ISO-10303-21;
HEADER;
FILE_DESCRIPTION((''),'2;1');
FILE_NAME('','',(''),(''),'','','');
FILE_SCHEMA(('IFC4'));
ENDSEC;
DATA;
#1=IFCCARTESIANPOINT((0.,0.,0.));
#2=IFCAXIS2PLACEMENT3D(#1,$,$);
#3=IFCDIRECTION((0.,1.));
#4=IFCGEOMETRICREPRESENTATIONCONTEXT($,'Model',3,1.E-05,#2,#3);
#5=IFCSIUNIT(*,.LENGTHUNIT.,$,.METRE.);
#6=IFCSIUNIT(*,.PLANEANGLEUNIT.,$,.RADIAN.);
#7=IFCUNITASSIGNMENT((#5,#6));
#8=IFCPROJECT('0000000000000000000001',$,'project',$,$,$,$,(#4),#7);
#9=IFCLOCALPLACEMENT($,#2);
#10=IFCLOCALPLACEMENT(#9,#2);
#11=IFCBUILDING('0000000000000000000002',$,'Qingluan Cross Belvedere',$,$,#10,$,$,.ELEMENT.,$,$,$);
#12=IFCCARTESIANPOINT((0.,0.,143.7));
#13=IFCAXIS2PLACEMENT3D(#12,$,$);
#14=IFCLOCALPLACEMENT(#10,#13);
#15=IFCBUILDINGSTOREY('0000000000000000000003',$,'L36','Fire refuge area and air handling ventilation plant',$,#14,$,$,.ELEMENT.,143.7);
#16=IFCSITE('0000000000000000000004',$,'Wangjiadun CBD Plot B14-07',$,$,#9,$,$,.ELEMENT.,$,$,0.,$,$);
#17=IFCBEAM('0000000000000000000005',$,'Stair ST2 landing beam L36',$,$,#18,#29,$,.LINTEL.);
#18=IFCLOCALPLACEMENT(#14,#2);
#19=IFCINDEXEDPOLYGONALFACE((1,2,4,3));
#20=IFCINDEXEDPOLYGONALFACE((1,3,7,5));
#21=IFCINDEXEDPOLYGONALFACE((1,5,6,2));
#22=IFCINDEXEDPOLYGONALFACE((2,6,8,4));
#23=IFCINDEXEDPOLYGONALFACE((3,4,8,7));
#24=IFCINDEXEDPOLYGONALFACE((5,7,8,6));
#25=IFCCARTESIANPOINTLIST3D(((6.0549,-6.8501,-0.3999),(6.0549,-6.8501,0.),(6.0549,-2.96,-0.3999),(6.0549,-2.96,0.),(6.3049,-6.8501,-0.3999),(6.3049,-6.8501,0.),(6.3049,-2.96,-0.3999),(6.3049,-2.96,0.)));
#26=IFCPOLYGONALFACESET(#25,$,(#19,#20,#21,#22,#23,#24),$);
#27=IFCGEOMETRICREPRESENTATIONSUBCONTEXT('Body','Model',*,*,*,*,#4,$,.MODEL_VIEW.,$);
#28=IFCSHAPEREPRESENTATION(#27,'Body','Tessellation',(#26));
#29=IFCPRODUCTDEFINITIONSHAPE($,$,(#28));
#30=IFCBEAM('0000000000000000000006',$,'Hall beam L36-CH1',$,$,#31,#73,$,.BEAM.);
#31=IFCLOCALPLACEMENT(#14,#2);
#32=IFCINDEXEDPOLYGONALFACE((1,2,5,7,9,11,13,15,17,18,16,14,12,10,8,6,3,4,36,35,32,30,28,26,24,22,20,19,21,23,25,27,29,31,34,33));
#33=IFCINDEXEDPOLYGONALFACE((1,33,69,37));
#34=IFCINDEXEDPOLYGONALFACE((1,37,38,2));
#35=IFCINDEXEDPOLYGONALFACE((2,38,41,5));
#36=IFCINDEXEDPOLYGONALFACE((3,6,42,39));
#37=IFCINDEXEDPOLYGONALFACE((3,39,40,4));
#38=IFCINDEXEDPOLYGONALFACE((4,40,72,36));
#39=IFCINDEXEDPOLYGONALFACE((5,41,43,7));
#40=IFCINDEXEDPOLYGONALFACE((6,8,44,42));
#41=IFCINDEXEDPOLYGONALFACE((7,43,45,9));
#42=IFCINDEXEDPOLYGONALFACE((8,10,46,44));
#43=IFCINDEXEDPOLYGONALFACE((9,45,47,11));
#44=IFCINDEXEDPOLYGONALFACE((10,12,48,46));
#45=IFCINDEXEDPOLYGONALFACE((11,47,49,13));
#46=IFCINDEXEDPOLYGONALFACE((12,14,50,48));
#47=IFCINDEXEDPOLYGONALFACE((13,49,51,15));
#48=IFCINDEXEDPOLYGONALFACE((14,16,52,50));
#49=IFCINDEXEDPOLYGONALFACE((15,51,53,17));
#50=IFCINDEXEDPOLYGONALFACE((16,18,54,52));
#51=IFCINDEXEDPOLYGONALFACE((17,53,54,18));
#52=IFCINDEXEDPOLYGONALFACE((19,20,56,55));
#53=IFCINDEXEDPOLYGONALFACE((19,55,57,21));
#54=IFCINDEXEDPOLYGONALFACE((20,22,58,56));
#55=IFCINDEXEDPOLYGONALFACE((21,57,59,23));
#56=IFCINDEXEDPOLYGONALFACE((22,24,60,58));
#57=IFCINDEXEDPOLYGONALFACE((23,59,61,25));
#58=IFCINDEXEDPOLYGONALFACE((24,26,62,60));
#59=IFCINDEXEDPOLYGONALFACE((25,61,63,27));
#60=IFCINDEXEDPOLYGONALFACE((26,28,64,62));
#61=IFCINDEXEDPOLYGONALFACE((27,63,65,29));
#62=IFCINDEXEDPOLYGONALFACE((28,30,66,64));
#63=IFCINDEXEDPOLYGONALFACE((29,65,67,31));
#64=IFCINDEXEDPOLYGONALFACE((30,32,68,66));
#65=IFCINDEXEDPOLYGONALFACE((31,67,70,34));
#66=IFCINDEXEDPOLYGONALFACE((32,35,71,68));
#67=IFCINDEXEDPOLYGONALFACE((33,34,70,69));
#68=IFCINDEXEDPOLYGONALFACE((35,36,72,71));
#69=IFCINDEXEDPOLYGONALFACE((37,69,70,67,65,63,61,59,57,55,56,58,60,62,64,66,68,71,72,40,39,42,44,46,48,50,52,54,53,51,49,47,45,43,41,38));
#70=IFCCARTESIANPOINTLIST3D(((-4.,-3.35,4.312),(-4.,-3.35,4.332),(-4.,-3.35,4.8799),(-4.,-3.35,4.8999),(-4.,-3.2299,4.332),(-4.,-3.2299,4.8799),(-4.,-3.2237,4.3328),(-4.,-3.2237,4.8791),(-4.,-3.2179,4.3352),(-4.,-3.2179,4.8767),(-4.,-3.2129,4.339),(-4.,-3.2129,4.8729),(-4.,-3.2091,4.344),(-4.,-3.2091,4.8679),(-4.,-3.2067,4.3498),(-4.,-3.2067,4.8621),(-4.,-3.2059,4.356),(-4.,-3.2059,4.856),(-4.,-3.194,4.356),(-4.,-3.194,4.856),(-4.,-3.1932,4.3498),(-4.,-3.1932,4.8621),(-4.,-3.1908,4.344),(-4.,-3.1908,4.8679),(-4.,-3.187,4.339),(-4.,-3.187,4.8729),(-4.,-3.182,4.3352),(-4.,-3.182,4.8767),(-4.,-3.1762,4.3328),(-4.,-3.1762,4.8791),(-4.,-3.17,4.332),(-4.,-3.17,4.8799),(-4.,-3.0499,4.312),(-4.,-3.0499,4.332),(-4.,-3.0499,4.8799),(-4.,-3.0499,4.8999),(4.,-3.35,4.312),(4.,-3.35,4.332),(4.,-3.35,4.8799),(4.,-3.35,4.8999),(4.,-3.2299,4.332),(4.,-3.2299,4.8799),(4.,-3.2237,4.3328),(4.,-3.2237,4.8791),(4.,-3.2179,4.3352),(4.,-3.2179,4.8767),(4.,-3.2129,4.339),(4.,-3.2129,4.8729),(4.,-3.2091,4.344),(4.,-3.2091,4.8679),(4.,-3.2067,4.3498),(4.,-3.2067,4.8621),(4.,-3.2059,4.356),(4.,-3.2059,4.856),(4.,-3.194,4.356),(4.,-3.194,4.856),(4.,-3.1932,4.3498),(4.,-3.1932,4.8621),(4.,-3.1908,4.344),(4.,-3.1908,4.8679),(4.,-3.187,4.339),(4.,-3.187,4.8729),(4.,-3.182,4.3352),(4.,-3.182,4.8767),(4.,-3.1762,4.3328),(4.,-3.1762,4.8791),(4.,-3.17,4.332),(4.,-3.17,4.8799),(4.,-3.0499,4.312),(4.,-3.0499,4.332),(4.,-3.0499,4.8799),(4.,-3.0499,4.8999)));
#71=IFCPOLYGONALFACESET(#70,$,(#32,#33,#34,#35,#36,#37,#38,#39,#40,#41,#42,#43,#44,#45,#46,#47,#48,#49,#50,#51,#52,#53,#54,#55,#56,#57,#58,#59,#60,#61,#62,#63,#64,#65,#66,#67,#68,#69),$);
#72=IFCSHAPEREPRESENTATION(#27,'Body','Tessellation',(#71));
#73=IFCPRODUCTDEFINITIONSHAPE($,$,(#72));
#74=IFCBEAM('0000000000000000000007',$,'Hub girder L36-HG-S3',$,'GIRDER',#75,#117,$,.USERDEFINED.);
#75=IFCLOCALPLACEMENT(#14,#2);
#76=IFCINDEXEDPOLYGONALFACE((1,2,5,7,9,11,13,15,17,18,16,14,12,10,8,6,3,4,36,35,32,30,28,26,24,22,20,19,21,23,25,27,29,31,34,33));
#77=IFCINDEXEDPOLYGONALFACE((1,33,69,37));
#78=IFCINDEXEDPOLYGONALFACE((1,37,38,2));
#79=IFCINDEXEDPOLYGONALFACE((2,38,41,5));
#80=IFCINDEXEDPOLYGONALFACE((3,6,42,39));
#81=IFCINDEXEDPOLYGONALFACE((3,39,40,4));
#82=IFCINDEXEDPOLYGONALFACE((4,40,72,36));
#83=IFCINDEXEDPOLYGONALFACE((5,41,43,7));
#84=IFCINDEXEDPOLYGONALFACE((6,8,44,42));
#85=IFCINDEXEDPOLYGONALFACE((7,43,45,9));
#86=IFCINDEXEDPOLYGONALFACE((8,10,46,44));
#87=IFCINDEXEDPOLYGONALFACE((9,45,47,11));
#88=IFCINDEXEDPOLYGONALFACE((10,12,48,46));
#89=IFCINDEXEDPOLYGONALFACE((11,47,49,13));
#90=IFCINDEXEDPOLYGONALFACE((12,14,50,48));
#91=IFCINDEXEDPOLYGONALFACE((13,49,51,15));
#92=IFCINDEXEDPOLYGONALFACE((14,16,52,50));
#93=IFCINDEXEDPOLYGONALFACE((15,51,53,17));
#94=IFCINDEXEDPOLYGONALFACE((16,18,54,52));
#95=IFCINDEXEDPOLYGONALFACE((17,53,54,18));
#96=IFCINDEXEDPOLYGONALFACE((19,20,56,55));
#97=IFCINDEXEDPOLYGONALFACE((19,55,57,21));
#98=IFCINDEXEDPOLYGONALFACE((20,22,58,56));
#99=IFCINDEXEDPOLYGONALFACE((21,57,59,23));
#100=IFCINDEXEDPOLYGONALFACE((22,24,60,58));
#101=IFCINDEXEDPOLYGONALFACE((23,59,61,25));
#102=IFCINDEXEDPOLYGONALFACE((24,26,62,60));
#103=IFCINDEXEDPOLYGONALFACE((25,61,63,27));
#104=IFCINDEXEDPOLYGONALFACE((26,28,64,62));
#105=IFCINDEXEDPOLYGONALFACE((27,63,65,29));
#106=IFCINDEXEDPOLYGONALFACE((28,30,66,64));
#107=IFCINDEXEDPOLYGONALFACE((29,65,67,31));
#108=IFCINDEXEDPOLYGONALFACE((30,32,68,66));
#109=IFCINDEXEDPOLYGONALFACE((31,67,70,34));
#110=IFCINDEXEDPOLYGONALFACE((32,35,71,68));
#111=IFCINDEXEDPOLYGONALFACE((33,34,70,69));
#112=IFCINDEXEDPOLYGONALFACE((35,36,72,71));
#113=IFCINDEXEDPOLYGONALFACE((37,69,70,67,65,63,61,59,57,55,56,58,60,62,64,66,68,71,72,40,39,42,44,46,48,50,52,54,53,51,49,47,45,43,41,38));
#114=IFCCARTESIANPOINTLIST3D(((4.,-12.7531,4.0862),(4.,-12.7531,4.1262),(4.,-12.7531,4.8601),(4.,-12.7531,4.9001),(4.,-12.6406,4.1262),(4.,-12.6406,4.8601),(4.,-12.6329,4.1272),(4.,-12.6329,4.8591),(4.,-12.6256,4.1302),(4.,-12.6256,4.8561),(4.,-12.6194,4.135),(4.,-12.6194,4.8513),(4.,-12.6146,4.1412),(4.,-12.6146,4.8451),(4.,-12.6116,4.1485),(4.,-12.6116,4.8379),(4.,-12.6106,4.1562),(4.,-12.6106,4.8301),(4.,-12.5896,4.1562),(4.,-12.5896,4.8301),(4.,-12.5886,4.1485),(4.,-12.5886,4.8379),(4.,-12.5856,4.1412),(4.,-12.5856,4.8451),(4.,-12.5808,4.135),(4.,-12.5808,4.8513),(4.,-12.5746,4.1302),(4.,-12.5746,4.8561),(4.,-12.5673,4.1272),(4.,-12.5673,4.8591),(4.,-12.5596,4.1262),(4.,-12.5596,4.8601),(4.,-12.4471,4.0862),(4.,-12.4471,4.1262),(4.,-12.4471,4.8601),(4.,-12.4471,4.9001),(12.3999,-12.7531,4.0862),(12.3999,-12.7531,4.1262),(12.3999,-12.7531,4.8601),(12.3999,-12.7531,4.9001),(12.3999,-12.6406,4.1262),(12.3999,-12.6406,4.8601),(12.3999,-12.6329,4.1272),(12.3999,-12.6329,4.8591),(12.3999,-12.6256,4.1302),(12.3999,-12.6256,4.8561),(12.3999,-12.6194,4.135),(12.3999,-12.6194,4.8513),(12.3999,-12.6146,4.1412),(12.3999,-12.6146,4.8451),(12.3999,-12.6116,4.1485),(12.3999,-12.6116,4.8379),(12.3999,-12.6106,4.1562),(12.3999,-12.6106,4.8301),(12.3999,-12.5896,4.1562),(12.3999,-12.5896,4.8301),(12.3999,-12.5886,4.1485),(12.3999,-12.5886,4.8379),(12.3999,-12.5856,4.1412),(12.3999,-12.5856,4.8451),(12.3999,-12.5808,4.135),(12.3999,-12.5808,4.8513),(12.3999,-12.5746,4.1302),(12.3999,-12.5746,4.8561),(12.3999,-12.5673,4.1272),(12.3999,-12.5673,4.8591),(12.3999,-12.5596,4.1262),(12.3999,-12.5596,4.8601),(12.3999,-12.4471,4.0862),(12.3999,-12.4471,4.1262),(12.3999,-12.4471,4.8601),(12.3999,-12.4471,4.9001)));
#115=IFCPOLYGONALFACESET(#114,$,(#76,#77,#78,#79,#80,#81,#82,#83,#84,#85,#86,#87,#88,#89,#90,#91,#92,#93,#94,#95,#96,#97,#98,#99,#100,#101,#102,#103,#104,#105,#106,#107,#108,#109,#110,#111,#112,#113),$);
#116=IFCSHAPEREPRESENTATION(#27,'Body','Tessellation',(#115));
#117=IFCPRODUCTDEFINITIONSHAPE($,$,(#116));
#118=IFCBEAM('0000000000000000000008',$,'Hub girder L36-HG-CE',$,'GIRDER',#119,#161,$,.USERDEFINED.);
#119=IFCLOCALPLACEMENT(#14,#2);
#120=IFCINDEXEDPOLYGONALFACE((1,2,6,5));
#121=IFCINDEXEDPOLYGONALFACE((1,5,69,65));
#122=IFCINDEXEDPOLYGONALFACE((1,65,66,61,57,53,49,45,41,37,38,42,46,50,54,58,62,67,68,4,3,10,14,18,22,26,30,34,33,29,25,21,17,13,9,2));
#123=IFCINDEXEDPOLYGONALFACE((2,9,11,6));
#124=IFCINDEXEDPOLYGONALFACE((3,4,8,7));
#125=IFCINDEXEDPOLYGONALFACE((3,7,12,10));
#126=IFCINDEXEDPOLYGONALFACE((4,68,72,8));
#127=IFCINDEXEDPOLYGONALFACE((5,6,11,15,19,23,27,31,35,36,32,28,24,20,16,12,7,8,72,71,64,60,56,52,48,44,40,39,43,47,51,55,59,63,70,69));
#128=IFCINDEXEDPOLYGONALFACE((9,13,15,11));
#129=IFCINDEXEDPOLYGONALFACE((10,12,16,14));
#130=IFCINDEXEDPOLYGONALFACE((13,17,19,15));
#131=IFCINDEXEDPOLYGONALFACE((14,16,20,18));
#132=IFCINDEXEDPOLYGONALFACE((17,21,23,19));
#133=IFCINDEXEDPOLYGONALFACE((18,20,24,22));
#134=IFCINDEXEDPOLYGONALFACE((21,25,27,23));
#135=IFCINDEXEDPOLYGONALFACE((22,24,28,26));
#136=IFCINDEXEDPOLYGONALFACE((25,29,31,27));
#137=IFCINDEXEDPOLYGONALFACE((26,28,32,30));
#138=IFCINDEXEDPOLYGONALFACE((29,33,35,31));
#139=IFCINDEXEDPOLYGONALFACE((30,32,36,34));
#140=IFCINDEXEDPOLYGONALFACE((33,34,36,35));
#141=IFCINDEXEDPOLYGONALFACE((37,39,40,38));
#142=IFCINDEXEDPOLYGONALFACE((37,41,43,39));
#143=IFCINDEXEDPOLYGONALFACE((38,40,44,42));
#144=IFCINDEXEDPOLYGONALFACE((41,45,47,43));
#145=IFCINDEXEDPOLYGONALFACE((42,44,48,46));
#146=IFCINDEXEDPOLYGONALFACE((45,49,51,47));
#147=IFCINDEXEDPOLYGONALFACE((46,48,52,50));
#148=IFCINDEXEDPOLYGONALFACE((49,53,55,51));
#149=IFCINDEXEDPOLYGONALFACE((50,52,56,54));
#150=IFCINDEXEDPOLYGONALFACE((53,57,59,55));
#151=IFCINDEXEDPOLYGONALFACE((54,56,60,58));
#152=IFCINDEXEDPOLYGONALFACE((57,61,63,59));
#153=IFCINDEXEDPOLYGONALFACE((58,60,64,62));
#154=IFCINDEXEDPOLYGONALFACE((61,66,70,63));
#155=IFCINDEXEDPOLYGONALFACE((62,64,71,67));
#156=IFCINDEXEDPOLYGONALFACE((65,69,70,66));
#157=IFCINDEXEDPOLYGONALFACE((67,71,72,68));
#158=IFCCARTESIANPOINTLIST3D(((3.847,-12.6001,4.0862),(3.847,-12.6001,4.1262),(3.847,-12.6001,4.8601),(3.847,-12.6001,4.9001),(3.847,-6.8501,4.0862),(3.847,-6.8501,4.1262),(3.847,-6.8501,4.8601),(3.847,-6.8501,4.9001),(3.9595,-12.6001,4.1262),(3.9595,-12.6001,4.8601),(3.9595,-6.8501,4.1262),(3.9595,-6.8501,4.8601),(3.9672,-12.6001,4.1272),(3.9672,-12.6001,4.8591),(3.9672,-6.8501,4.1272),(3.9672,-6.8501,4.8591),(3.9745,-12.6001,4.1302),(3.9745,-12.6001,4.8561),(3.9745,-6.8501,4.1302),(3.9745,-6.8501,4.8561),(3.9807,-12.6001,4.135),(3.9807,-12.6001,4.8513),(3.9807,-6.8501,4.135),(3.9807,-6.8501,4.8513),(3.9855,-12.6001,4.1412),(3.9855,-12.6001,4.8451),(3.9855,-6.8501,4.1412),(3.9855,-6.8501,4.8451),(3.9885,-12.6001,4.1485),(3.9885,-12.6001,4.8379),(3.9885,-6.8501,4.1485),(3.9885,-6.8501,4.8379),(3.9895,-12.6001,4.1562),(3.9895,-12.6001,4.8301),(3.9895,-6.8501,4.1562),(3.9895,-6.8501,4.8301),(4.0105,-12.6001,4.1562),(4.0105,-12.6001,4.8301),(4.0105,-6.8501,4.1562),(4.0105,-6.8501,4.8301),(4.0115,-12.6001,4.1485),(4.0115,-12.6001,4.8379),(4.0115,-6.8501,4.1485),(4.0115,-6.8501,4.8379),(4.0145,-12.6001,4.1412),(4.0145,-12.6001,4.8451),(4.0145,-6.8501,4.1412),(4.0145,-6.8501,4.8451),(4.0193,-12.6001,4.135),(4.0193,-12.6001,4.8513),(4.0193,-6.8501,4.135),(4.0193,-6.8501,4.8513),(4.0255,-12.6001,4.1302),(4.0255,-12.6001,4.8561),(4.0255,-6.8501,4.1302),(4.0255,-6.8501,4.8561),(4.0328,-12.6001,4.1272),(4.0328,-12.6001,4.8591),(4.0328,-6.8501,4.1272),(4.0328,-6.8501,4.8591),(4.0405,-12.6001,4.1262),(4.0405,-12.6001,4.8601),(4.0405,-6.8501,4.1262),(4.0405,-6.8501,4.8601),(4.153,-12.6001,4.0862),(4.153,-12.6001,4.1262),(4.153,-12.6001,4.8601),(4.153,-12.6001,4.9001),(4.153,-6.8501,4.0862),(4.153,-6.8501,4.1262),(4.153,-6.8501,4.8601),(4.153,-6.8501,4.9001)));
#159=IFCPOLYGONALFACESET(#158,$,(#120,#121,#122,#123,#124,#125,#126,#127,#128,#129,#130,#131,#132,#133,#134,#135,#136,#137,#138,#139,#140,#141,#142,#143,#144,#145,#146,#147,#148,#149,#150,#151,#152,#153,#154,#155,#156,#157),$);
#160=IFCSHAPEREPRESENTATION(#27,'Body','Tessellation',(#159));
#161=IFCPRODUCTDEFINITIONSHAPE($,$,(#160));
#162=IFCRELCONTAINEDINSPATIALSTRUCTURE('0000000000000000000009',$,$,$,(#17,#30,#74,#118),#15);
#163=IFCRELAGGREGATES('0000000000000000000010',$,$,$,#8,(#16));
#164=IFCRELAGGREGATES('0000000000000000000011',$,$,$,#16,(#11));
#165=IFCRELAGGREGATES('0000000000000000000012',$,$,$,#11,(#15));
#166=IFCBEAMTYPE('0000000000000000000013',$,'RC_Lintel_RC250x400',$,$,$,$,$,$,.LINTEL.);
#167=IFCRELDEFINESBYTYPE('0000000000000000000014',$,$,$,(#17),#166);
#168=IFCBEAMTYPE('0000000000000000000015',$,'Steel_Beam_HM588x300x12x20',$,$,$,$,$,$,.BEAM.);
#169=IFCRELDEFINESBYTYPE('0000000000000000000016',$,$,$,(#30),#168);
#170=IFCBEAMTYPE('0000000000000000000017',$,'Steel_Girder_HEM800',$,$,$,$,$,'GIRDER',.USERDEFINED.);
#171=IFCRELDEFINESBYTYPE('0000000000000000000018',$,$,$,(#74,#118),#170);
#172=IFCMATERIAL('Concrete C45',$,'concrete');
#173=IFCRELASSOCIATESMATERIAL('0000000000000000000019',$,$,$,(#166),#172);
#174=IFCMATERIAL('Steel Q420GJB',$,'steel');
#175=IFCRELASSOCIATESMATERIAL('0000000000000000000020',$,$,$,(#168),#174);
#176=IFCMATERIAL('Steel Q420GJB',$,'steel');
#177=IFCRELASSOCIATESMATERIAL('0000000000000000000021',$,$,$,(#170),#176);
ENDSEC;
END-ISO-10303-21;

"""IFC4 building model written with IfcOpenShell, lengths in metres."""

from ifc_helpers import new_model, si_unit, direction, frame, origin, origin_2d, place, context, subcontext, project, spatial, rectangle, i_section, extrude, material, material_profile, profile_set, type_object, element, save


model = new_model("IFC4")

# Units and contexts
model_context = context("Model", 3, precision=1e-05, world=origin(), true_north=direction((0.0, 1.0)))
body_context = subcontext(model_context, "Body", "Model", "MODEL_VIEW")
ifc_project = project(units=[si_unit("LENGTHUNIT", "METRE"), si_unit("PLANEANGLEUNIT", "RADIAN")], contexts=[model_context])

# Site, building, storey
site_placement = place(None, origin())
site = spatial("IfcSite", under=ifc_project, at=site_placement, Name="Wangjiadun CBD Plot B14-07", CompositionType="ELEMENT", RefElevation=0.0)
building_placement = place(site_placement, origin())
building = spatial("IfcBuilding", under=site, at=building_placement, Name="Qingluan Cross Belvedere", CompositionType="ELEMENT")
storey_placement = place(building_placement, frame((0.0, 0.0, 143.7)))
storey = spatial("IfcBuildingStorey", under=building, at=storey_placement, Name="L36", Description="Fire refuge area and air handling ventilation plant", CompositionType="ELEMENT", Elevation=143.7)

# Beams
ifc_material_1 = material(Name="Concrete C45", Category="concrete")
ifc_material_profile_1 = material_profile(ifc_material_1, rectangle(XDim=0.25, YDim=0.3999, at=origin_2d()), Name="RC250x400")
ifc_profile_set_1 = profile_set([ifc_material_profile_1], Name="Concrete C45")
beam_type_1 = type_object("IfcBeamType", Name="RC_Lintel_RC250x400", PredefinedType="LINTEL", material=ifc_profile_set_1)
beam_1_placement = place(storey_placement, frame((6.1799, -6.8501, -0.2), z_axis=(0.0, 1.0, 0.0), x_axis=(-1.0, 0.0, 0.0)))
element("IfcBeam", 1, at=beam_1_placement, inside=storey, type_object=beam_type_1, Name="Stair ST2 landing beam L36", PredefinedType="LINTEL", context=body_context, shape_type="SweptSolid", body=[
    extrude(rectangle(XDim=0.25, YDim=0.3999, at=origin_2d()), origin(), (0.0, 0.0, 1.0), 3.8901),
])
ifc_material_2 = material(Name="Steel Q420GJB", Category="steel")
ifc_material_profile_2 = material_profile(ifc_material_2, i_section(OverallWidth=0.3, OverallDepth=0.5879, WebThickness=0.012, FlangeThickness=0.02, FilletRadius=0.0239, at=origin_2d()), Name="HM588x300x12x20")
ifc_profile_set_2 = profile_set([ifc_material_profile_2], Name="Steel Q420GJB")
beam_type_2 = type_object("IfcBeamType", Name="Steel_Beam_HM588x300x12x20", PredefinedType="BEAM", material=ifc_profile_set_2)
beam_2_placement = place(storey_placement, frame((-4.0, -3.2, 4.606), z_axis=(1.0, 0.0, 0.0), x_axis=(0.0, 1.0, 0.0)))
element("IfcBeam", 2, at=beam_2_placement, inside=storey, type_object=beam_type_2, Name="Hall beam L36-CH1", PredefinedType="BEAM", context=body_context, shape_type="SweptSolid", body=[
    extrude(i_section(OverallWidth=0.3, OverallDepth=0.5879, WebThickness=0.012, FlangeThickness=0.02, FilletRadius=0.0239, at=origin_2d()), origin(), (0.0, 0.0, 1.0), 8.0),
])
ifc_material_3 = material(Name="Steel Q420GJB", Category="steel")
ifc_material_profile_3 = material_profile(ifc_material_3, i_section(OverallWidth=0.3059, OverallDepth=0.814, WebThickness=0.021, FlangeThickness=0.04, FilletRadius=0.03, at=origin_2d()), Name="HEM800")
ifc_profile_set_3 = profile_set([ifc_material_profile_3], Name="Steel Q420GJB")
beam_type_3 = type_object("IfcBeamType", Name="Steel_Girder_HEM800", ElementType="GIRDER", PredefinedType="USERDEFINED", material=ifc_profile_set_3)
beam_3_placement = place(storey_placement, frame((4.0, -12.6001, 4.4932), z_axis=(1.0, 0.0, 0.0), x_axis=(0.0, 1.0, 0.0)))
element("IfcBeam", 3, at=beam_3_placement, inside=storey, type_object=beam_type_3, Name="Hub girder L36-HG-S3", ObjectType="GIRDER", PredefinedType="USERDEFINED", context=body_context, shape_type="SweptSolid", body=[
    extrude(i_section(OverallWidth=0.3059, OverallDepth=0.814, WebThickness=0.021, FlangeThickness=0.04, FilletRadius=0.03, at=origin_2d()), origin(), (0.0, 0.0, 1.0), 8.3999),
])
beam_4_placement = place(storey_placement, frame((4.0, -12.6001, 4.4932), z_axis=(0.0, 1.0, 0.0), x_axis=(-1.0, 0.0, 0.0)))
element("IfcBeam", 4, at=beam_4_placement, inside=storey, type_object=beam_type_3, Name="Hub girder L36-HG-CE", ObjectType="GIRDER", PredefinedType="USERDEFINED", context=body_context, shape_type="SweptSolid", body=[
    extrude(i_section(OverallWidth=0.3059, OverallDepth=0.814, WebThickness=0.021, FlangeThickness=0.04, FilletRadius=0.03, at=origin_2d()), origin(), (0.0, 0.0, 1.0), 5.75),
])

save(model, "model.ifc")
